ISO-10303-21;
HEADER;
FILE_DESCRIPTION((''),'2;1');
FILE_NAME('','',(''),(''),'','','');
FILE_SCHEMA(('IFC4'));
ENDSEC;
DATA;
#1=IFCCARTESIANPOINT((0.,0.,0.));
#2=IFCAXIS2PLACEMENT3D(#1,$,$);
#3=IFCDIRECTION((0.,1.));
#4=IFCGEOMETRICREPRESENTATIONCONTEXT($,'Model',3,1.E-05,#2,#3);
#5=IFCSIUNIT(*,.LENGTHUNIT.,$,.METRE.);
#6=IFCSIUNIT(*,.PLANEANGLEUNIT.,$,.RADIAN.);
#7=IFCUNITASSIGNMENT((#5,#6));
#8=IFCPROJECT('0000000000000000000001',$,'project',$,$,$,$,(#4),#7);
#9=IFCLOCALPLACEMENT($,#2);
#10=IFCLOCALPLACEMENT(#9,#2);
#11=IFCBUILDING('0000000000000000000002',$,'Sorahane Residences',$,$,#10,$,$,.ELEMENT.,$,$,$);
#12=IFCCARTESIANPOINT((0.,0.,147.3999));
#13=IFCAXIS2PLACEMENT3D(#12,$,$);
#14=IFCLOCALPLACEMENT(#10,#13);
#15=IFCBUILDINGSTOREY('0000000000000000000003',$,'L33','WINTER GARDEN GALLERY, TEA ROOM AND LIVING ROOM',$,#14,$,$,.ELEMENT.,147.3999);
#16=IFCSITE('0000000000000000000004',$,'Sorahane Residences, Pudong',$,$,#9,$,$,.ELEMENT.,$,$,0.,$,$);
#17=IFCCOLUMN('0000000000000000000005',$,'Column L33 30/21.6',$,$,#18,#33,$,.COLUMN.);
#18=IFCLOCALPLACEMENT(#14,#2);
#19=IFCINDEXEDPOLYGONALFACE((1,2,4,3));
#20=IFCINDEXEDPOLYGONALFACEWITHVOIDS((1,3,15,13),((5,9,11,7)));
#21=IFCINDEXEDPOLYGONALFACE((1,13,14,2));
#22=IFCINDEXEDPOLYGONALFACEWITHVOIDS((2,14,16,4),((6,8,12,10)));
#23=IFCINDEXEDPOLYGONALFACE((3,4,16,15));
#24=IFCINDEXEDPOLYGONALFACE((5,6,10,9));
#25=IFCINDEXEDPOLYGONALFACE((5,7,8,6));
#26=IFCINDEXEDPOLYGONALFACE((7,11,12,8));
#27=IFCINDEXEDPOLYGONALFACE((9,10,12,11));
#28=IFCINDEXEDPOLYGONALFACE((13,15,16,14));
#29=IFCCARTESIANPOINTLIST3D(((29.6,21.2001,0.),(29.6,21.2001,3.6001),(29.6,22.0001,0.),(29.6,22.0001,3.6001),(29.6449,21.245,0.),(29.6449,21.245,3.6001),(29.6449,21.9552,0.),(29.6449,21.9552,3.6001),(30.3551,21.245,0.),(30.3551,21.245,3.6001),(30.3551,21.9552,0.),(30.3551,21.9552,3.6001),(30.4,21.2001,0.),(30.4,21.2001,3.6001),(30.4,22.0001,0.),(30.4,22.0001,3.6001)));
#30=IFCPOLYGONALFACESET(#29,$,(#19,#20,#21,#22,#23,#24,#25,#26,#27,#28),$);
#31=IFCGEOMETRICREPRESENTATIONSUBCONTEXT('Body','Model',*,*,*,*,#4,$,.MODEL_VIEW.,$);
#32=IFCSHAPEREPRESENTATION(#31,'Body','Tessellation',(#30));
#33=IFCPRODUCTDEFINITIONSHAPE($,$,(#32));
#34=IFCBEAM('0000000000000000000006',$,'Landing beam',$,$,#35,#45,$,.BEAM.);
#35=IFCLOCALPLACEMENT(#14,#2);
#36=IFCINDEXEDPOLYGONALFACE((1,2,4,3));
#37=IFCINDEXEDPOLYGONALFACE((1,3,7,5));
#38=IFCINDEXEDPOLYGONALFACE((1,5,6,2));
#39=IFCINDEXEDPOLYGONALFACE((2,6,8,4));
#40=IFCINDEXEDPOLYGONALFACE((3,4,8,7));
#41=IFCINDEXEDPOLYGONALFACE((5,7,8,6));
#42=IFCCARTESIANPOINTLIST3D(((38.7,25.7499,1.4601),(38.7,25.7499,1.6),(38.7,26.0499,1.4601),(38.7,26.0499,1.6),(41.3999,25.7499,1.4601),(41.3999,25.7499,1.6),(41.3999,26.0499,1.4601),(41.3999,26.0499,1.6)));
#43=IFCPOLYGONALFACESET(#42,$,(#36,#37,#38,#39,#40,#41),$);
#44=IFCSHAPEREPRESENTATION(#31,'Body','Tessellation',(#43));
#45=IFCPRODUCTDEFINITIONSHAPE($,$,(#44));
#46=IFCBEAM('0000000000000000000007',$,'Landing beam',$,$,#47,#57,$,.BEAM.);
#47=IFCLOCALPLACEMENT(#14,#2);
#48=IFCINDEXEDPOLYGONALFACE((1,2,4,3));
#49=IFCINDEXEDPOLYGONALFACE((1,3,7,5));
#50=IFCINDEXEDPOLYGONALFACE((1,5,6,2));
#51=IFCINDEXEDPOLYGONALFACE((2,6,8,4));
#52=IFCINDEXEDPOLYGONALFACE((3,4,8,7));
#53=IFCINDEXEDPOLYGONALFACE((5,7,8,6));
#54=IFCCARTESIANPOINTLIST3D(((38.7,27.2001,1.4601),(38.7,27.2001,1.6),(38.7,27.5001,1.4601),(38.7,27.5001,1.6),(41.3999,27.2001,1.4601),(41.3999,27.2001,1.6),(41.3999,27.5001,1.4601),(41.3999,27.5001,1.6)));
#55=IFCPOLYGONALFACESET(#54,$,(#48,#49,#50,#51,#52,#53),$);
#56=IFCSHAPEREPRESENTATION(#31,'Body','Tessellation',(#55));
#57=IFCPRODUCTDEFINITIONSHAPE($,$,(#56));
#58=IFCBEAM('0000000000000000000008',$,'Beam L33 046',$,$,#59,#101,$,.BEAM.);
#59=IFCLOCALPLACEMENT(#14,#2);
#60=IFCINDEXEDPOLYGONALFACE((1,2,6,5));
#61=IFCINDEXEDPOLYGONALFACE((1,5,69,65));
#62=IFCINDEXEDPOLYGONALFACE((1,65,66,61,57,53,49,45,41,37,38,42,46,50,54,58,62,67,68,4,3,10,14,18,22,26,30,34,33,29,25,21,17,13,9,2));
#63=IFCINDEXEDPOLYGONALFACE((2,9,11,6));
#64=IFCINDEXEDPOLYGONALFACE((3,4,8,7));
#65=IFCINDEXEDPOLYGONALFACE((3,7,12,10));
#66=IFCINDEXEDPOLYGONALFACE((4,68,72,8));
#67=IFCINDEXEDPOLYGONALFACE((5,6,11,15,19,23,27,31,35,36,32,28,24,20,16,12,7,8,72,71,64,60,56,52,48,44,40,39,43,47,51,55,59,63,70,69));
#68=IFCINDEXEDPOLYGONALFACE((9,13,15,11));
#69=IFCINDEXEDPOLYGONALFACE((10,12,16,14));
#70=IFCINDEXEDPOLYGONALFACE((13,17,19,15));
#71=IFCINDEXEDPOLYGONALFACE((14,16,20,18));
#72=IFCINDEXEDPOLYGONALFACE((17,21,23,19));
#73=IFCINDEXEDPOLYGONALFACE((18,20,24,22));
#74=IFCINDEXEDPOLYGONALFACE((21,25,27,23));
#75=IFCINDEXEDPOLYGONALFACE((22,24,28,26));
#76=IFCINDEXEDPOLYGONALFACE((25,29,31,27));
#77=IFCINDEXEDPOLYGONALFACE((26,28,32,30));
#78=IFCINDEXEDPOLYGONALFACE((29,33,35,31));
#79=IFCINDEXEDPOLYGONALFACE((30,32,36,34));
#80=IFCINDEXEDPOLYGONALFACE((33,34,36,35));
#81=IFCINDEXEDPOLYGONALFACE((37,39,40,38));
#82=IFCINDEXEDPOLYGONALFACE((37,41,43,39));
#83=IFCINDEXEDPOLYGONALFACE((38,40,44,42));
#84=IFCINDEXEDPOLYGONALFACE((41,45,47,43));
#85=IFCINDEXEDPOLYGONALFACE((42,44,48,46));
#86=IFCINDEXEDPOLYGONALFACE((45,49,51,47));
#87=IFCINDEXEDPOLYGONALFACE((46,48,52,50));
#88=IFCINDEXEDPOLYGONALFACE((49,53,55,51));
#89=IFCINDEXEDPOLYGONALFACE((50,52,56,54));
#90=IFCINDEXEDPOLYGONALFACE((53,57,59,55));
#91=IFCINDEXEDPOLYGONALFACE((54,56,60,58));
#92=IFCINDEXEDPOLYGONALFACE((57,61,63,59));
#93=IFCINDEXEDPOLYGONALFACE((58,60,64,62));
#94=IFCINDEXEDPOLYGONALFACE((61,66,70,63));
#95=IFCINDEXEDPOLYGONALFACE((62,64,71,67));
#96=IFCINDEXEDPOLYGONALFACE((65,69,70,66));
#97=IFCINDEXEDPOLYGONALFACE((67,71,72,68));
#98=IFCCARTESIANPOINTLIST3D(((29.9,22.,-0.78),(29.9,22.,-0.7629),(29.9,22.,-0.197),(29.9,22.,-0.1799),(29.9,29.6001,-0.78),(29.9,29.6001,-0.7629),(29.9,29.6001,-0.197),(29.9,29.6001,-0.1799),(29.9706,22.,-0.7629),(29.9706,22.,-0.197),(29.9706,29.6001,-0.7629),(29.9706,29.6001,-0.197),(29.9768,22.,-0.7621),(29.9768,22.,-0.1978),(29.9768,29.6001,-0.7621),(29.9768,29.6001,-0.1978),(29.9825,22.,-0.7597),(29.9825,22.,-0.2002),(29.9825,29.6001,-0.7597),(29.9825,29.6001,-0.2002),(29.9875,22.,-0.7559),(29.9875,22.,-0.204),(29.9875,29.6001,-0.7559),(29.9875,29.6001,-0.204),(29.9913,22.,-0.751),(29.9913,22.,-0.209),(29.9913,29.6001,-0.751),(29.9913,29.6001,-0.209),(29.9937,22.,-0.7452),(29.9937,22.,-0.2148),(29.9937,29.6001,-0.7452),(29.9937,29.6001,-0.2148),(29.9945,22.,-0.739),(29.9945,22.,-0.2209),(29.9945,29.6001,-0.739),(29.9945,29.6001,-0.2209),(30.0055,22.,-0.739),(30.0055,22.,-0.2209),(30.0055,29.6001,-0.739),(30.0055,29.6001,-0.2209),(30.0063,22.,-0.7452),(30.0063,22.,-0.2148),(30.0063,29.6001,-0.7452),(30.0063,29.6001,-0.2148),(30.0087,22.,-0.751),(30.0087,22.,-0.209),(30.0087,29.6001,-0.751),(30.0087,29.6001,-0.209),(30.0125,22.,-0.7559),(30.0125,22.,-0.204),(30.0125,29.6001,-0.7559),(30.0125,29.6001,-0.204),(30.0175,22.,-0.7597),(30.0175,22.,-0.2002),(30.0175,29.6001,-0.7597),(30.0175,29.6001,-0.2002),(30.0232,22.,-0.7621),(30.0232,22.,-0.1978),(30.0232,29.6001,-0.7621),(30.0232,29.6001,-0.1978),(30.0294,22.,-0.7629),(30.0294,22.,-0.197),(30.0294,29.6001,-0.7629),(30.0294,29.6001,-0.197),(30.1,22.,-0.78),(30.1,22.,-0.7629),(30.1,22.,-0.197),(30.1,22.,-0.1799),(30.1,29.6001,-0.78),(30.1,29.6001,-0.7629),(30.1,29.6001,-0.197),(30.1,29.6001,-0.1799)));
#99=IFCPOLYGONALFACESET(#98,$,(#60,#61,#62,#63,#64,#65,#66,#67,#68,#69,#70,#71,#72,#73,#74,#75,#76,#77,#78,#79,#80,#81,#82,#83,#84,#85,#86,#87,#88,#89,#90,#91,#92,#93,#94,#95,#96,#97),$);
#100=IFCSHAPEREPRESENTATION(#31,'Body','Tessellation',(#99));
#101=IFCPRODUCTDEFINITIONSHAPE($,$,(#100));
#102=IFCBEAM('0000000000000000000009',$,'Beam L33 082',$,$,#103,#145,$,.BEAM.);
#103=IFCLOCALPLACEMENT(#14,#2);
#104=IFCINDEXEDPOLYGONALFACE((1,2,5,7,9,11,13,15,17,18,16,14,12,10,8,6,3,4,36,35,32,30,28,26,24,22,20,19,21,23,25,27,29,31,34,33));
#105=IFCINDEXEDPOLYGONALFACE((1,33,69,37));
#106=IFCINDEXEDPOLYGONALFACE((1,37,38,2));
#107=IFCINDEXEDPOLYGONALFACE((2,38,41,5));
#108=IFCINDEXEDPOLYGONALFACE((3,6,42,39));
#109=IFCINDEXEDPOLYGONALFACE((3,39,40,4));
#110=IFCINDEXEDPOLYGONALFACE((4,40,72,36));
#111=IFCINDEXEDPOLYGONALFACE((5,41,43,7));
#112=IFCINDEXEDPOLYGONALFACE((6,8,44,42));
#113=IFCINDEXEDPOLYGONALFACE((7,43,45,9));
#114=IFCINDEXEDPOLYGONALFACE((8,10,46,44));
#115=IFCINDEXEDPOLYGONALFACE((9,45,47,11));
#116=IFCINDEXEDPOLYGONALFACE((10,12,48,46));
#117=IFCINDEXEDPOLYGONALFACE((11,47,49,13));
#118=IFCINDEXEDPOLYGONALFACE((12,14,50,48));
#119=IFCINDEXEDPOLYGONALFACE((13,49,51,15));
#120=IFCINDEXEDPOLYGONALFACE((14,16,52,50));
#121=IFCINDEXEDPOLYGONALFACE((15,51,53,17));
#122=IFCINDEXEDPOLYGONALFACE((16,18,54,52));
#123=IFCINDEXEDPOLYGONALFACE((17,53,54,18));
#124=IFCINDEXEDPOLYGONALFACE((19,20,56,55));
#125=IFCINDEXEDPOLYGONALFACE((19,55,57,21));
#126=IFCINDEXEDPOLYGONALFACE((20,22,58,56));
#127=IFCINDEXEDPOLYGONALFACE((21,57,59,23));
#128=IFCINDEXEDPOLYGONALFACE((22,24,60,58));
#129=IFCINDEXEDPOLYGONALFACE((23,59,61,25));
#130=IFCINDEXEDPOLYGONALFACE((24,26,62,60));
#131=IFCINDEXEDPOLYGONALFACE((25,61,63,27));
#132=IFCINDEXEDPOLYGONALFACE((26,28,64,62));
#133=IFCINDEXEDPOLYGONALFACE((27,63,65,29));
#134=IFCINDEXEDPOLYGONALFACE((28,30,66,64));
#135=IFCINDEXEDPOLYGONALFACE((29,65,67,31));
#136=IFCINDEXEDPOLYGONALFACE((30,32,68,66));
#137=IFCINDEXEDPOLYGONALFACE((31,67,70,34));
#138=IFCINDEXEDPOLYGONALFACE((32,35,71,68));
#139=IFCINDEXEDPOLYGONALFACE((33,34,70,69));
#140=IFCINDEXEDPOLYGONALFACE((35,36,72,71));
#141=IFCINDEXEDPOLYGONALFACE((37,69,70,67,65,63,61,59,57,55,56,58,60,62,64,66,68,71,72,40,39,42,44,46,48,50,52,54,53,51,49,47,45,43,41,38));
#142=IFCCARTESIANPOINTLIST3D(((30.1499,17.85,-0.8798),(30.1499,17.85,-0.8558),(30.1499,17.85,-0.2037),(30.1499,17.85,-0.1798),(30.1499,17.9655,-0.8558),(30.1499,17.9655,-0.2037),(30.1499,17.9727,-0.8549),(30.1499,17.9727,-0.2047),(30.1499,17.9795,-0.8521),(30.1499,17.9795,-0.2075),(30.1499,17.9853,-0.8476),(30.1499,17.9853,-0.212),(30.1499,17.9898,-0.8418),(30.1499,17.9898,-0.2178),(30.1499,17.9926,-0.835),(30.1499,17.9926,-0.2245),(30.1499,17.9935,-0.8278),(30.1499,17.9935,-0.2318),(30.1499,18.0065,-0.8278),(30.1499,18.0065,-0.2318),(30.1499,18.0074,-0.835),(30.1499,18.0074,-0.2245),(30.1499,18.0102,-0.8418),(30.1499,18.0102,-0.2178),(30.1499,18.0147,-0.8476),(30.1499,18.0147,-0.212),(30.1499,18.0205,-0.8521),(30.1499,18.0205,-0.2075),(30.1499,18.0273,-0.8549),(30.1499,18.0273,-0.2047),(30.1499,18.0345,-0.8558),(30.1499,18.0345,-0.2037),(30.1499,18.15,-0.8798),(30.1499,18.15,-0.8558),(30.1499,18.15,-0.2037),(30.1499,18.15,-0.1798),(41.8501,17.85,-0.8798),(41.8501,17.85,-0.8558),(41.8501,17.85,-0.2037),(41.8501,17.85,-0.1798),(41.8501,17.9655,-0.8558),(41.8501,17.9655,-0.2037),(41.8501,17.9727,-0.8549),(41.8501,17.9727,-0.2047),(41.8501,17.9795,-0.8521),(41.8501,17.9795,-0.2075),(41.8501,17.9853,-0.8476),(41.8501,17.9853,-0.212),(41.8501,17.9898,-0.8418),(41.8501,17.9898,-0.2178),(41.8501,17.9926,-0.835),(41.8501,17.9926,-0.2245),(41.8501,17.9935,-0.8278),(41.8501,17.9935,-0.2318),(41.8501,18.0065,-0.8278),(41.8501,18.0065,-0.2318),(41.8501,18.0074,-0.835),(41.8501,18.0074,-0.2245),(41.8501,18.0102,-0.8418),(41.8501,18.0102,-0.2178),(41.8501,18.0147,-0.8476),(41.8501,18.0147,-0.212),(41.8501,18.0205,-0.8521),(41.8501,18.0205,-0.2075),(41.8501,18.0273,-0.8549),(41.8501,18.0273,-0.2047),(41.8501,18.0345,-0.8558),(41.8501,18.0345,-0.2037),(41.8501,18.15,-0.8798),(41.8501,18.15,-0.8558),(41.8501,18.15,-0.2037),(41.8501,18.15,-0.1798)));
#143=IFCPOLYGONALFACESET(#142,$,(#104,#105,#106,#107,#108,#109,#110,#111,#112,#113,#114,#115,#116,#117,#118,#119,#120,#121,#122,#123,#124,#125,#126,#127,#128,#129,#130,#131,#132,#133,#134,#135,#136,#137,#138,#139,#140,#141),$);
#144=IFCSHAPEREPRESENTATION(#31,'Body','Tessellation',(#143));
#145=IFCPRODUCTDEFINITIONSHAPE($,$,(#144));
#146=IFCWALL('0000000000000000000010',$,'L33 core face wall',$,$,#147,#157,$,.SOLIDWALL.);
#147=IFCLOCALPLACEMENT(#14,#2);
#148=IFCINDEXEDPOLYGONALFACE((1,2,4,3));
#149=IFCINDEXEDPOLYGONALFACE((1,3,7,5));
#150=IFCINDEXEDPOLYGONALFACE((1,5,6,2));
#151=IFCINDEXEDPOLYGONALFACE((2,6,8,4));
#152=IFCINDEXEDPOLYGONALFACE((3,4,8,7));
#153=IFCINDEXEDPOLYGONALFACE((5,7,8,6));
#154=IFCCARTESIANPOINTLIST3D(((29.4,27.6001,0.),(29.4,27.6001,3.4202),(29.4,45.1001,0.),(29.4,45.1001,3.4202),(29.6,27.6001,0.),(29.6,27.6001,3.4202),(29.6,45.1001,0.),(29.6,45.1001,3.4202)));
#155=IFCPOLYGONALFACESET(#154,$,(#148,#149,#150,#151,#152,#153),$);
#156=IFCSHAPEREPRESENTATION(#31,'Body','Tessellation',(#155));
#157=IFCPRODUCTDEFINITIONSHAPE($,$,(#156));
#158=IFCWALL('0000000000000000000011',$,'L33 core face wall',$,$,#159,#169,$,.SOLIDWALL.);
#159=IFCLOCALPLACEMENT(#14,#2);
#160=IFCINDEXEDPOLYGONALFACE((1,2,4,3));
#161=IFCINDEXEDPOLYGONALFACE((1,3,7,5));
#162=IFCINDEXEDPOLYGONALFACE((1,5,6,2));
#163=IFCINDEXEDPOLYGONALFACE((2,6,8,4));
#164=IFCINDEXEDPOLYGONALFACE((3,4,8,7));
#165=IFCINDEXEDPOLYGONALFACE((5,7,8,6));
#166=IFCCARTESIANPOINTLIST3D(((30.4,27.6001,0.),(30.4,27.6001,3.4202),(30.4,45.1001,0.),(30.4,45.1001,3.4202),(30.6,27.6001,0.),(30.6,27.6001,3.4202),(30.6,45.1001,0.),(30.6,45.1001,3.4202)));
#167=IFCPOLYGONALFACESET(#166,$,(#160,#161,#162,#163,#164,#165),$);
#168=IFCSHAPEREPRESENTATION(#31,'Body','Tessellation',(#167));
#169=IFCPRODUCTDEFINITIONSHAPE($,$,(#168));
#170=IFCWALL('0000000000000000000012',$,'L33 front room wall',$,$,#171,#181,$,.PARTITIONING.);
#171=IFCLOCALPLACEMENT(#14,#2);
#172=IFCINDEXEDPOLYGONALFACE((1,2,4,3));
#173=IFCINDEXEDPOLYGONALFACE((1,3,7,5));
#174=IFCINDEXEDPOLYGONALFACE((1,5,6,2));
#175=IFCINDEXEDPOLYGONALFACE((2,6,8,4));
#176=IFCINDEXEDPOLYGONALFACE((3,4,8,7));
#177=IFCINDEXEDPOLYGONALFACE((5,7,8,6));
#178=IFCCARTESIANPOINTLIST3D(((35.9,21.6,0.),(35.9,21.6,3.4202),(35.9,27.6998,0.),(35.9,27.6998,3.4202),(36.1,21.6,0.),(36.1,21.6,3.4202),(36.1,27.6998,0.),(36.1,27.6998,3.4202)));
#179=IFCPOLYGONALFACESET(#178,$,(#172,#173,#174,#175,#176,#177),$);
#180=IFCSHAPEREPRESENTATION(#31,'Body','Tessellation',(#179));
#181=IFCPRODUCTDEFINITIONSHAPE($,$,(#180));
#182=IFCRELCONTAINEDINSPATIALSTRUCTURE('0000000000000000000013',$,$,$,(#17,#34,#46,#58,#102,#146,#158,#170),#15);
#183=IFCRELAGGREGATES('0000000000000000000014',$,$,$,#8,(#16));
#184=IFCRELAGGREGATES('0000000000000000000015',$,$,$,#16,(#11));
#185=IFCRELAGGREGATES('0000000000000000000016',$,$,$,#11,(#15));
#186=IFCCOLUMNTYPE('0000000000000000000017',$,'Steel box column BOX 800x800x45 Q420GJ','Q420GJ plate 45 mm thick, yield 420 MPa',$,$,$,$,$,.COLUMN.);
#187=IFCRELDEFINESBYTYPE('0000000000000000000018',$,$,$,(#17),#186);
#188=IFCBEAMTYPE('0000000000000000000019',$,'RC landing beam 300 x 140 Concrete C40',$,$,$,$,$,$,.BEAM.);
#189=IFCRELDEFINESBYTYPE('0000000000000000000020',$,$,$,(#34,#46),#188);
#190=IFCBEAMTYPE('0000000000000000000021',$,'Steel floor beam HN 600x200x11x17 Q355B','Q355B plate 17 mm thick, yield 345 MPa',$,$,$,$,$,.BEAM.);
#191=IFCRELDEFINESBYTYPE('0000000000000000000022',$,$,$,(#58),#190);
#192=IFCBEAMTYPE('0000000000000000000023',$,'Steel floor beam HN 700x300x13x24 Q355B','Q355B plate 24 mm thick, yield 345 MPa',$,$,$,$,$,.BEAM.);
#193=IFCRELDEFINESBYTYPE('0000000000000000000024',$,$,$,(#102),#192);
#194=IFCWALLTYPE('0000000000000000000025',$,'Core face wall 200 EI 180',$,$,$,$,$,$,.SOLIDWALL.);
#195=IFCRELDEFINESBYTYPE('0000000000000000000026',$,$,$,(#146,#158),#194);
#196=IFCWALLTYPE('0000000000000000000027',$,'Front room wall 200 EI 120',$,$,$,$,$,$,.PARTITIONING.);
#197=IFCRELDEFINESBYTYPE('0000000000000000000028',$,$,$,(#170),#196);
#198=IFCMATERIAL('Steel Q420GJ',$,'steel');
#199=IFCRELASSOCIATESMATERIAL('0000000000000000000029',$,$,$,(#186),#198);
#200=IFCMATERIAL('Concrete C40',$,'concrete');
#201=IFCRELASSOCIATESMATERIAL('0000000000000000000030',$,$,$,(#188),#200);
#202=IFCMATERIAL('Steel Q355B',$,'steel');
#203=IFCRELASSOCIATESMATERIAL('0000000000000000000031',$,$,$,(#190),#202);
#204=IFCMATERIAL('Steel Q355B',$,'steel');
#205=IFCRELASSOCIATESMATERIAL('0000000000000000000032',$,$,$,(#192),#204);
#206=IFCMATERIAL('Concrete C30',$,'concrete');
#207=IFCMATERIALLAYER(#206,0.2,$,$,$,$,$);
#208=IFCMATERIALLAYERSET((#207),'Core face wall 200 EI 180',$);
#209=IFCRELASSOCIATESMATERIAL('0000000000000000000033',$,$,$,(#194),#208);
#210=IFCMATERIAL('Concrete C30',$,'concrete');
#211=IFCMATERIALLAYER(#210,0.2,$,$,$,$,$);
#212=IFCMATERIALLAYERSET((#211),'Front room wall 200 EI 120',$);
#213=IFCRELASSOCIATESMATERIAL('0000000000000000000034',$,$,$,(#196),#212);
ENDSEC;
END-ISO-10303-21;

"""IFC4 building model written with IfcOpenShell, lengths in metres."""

from ifc_helpers import new_model, si_unit, direction, frame, frame_2d, origin, origin_2d, place, context, subcontext, project, spatial, rectangle, hollow_rectangle, i_section, extrude, material, layer, layer_set, material_profile, profile_set, type_object, element, save


model = new_model("IFC4")

# Units and contexts
model_context = context("Model", 3, precision=1e-05, world=origin(), true_north=direction((0.0, 1.0)))
body_context = subcontext(model_context, "Body", "Model", "MODEL_VIEW")
ifc_project = project(units=[si_unit("LENGTHUNIT", "METRE"), si_unit("PLANEANGLEUNIT", "RADIAN")], contexts=[model_context])

# Site, building, storey
site_placement = place(None, origin())
site = spatial("IfcSite", under=ifc_project, at=site_placement, Name="Sorahane Residences, Pudong", CompositionType="ELEMENT", RefElevation=0.0)
building_placement = place(site_placement, origin())
building = spatial("IfcBuilding", under=site, at=building_placement, Name="Sorahane Residences", CompositionType="ELEMENT")
storey_placement = place(building_placement, frame((0.0, 0.0, 147.3999)))
storey = spatial("IfcBuildingStorey", under=building, at=storey_placement, Name="L33", Description="WINTER GARDEN GALLERY, TEA ROOM AND LIVING ROOM", CompositionType="ELEMENT", Elevation=147.3999)

# Column
ifc_material_1 = material(Name="Steel Q420GJ", Category="steel")
ifc_material_profile_1 = material_profile(ifc_material_1, hollow_rectangle(XDim=0.8, YDim=0.8, WallThickness=0.0449, at=origin_2d()), Name="BOX 800x800x45")
ifc_profile_set_1 = profile_set([ifc_material_profile_1], Name="Steel Q420GJ")
column_type = type_object("IfcColumnType", Name="Steel box column BOX 800x800x45 Q420GJ", Description="Q420GJ plate 45 mm thick, yield 420 MPa", PredefinedType="COLUMN", material=ifc_profile_set_1)
column_placement = place(storey_placement, frame((30.0, 21.6001, 0.0), z_axis=(0.0, 0.0, 1.0), x_axis=(1.0, 0.0, 0.0)))
element("IfcColumn", 1, at=column_placement, inside=storey, type_object=column_type, Name="Column L33 30/21.6", PredefinedType="COLUMN", context=body_context, shape_type="SweptSolid", body=[
    extrude(hollow_rectangle(XDim=0.8, YDim=0.8, WallThickness=0.0449, at=origin_2d()), origin(), (0.0, 0.0, 1.0), 3.6001),
])

# Beams
ifc_material_2 = material(Name="Concrete C40", Category="concrete")
ifc_material_profile_2 = material_profile(ifc_material_2, rectangle(XDim=0.3, YDim=0.1399, at=origin_2d()), Name="300x140")
ifc_profile_set_2 = profile_set([ifc_material_profile_2], Name="Concrete C40")
beam_type_1 = type_object("IfcBeamType", Name="RC landing beam 300 x 140 Concrete C40", PredefinedType="BEAM", material=ifc_profile_set_2)
for number, where, z_axis, x_axis, name in (
    (2, (38.7, 25.8999, 1.53), (1.0, 0.0, 0.0), (0.0, 1.0, 0.0), "Landing beam"),
    (3, (38.7, 27.3501, 1.53), (1.0, 0.0, 0.0), (0.0, 1.0, 0.0), "Landing beam"),
):
    element("IfcBeam", number, at=place(storey_placement, frame(where, z_axis=z_axis, x_axis=x_axis)), inside=storey, type_object=beam_type_1, Name=name, PredefinedType="BEAM", context=body_context, shape_type="SweptSolid", body=[
        extrude(rectangle(XDim=0.3, YDim=0.1399, at=origin_2d()), origin(), (0.0, 0.0, 1.0), 2.7),
    ])
ifc_material_3 = material(Name="Steel Q355B", Category="steel")
ifc_material_profile_3 = material_profile(ifc_material_3, i_section(OverallWidth=0.2, OverallDepth=0.6001, WebThickness=0.011, FlangeThickness=0.0171, FilletRadius=0.0239, at=origin_2d()), Name="HN 600x200x11x17")
ifc_profile_set_3 = profile_set([ifc_material_profile_3], Name="Steel Q355B")
beam_type_2 = type_object("IfcBeamType", Name="Steel floor beam HN 600x200x11x17 Q355B", Description="Q355B plate 17 mm thick, yield 345 MPa", PredefinedType="BEAM", material=ifc_profile_set_3)
beam_1_placement = place(storey_placement, frame((30.0, 22.0, -0.48), z_axis=(0.0, 1.0, 0.0), x_axis=(-1.0, 0.0, 0.0)))
element("IfcBeam", 4, at=beam_1_placement, inside=storey, type_object=beam_type_2, Name="Beam L33 046", PredefinedType="BEAM", context=body_context, shape_type="SweptSolid", body=[
    extrude(i_section(OverallWidth=0.2, OverallDepth=0.6001, WebThickness=0.011, FlangeThickness=0.0171, FilletRadius=0.0239, at=origin_2d()), origin(), (0.0, 0.0, 1.0), 7.6001),
])
ifc_material_4 = material(Name="Steel Q355B", Category="steel")
ifc_material_profile_4 = material_profile(ifc_material_4, i_section(OverallWidth=0.3, OverallDepth=0.7, WebThickness=0.0129, FlangeThickness=0.0239, FilletRadius=0.0281, at=origin_2d()), Name="HN 700x300x13x24")
ifc_profile_set_4 = profile_set([ifc_material_profile_4], Name="Steel Q355B")
beam_type_3 = type_object("IfcBeamType", Name="Steel floor beam HN 700x300x13x24 Q355B", Description="Q355B plate 24 mm thick, yield 345 MPa", PredefinedType="BEAM", material=ifc_profile_set_4)
beam_2_placement = place(storey_placement, frame((30.1499, 18.0, -0.5298), z_axis=(1.0, 0.0, 0.0), x_axis=(0.0, 1.0, 0.0)))
element("IfcBeam", 5, at=beam_2_placement, inside=storey, type_object=beam_type_3, Name="Beam L33 082", PredefinedType="BEAM", context=body_context, shape_type="SweptSolid", body=[
    extrude(i_section(OverallWidth=0.3, OverallDepth=0.7, WebThickness=0.0129, FlangeThickness=0.0239, FilletRadius=0.0281, at=origin_2d()), origin(), (0.0, 0.0, 1.0), 11.7002),
])

# Walls
ifc_material_5 = material(Name="Concrete C30", Category="concrete")
ifc_layer_1 = layer(ifc_material_5, 0.2)
ifc_layer_set_1 = layer_set([ifc_layer_1], Name="Core face wall 200 EI 180")
wall_type_1 = type_object("IfcWallType", Name="Core face wall 200 EI 180", PredefinedType="SOLIDWALL", material=ifc_layer_set_1)
for number, where, z_axis, x_axis, name in (
    (6, (29.5, 27.6001, 0.0), (0.0, 0.0, 1.0), (0.0, 1.0, 0.0), "L33 core face wall"),
    (7, (30.5, 27.6001, 0.0), (0.0, 0.0, 1.0), (0.0, 1.0, 0.0), "L33 core face wall"),
):
    element("IfcWall", number, at=place(storey_placement, frame(where, z_axis=z_axis, x_axis=x_axis)), inside=storey, type_object=wall_type_1, Name=name, PredefinedType="SOLIDWALL", context=body_context, shape_type="SweptSolid", body=[
        extrude(rectangle(XDim=17.5, YDim=0.2, at=frame_2d((8.75, 0.0))), origin(), (0.0, 0.0, 1.0), 3.4202),
    ])
ifc_material_6 = material(Name="Concrete C30", Category="concrete")
ifc_layer_2 = layer(ifc_material_6, 0.2)
ifc_layer_set_2 = layer_set([ifc_layer_2], Name="Front room wall 200 EI 120")
wall_type_2 = type_object("IfcWallType", Name="Front room wall 200 EI 120", PredefinedType="PARTITIONING", material=ifc_layer_set_2)
wall_1_placement = place(storey_placement, frame((36.0, 21.6001, 0.0), z_axis=(0.0, 0.0, 1.0), x_axis=(0.0, 1.0, 0.0)))
element("IfcWall", 8, at=wall_1_placement, inside=storey, type_object=wall_type_2, Name="L33 front room wall", PredefinedType="PARTITIONING", context=body_context, shape_type="SweptSolid", body=[
    extrude(rectangle(XDim=6.0999, YDim=0.2, at=frame_2d((3.0498, 0.0))), origin(), (0.0, 0.0, 1.0), 3.4202),
])

save(model, "model.ifc")
